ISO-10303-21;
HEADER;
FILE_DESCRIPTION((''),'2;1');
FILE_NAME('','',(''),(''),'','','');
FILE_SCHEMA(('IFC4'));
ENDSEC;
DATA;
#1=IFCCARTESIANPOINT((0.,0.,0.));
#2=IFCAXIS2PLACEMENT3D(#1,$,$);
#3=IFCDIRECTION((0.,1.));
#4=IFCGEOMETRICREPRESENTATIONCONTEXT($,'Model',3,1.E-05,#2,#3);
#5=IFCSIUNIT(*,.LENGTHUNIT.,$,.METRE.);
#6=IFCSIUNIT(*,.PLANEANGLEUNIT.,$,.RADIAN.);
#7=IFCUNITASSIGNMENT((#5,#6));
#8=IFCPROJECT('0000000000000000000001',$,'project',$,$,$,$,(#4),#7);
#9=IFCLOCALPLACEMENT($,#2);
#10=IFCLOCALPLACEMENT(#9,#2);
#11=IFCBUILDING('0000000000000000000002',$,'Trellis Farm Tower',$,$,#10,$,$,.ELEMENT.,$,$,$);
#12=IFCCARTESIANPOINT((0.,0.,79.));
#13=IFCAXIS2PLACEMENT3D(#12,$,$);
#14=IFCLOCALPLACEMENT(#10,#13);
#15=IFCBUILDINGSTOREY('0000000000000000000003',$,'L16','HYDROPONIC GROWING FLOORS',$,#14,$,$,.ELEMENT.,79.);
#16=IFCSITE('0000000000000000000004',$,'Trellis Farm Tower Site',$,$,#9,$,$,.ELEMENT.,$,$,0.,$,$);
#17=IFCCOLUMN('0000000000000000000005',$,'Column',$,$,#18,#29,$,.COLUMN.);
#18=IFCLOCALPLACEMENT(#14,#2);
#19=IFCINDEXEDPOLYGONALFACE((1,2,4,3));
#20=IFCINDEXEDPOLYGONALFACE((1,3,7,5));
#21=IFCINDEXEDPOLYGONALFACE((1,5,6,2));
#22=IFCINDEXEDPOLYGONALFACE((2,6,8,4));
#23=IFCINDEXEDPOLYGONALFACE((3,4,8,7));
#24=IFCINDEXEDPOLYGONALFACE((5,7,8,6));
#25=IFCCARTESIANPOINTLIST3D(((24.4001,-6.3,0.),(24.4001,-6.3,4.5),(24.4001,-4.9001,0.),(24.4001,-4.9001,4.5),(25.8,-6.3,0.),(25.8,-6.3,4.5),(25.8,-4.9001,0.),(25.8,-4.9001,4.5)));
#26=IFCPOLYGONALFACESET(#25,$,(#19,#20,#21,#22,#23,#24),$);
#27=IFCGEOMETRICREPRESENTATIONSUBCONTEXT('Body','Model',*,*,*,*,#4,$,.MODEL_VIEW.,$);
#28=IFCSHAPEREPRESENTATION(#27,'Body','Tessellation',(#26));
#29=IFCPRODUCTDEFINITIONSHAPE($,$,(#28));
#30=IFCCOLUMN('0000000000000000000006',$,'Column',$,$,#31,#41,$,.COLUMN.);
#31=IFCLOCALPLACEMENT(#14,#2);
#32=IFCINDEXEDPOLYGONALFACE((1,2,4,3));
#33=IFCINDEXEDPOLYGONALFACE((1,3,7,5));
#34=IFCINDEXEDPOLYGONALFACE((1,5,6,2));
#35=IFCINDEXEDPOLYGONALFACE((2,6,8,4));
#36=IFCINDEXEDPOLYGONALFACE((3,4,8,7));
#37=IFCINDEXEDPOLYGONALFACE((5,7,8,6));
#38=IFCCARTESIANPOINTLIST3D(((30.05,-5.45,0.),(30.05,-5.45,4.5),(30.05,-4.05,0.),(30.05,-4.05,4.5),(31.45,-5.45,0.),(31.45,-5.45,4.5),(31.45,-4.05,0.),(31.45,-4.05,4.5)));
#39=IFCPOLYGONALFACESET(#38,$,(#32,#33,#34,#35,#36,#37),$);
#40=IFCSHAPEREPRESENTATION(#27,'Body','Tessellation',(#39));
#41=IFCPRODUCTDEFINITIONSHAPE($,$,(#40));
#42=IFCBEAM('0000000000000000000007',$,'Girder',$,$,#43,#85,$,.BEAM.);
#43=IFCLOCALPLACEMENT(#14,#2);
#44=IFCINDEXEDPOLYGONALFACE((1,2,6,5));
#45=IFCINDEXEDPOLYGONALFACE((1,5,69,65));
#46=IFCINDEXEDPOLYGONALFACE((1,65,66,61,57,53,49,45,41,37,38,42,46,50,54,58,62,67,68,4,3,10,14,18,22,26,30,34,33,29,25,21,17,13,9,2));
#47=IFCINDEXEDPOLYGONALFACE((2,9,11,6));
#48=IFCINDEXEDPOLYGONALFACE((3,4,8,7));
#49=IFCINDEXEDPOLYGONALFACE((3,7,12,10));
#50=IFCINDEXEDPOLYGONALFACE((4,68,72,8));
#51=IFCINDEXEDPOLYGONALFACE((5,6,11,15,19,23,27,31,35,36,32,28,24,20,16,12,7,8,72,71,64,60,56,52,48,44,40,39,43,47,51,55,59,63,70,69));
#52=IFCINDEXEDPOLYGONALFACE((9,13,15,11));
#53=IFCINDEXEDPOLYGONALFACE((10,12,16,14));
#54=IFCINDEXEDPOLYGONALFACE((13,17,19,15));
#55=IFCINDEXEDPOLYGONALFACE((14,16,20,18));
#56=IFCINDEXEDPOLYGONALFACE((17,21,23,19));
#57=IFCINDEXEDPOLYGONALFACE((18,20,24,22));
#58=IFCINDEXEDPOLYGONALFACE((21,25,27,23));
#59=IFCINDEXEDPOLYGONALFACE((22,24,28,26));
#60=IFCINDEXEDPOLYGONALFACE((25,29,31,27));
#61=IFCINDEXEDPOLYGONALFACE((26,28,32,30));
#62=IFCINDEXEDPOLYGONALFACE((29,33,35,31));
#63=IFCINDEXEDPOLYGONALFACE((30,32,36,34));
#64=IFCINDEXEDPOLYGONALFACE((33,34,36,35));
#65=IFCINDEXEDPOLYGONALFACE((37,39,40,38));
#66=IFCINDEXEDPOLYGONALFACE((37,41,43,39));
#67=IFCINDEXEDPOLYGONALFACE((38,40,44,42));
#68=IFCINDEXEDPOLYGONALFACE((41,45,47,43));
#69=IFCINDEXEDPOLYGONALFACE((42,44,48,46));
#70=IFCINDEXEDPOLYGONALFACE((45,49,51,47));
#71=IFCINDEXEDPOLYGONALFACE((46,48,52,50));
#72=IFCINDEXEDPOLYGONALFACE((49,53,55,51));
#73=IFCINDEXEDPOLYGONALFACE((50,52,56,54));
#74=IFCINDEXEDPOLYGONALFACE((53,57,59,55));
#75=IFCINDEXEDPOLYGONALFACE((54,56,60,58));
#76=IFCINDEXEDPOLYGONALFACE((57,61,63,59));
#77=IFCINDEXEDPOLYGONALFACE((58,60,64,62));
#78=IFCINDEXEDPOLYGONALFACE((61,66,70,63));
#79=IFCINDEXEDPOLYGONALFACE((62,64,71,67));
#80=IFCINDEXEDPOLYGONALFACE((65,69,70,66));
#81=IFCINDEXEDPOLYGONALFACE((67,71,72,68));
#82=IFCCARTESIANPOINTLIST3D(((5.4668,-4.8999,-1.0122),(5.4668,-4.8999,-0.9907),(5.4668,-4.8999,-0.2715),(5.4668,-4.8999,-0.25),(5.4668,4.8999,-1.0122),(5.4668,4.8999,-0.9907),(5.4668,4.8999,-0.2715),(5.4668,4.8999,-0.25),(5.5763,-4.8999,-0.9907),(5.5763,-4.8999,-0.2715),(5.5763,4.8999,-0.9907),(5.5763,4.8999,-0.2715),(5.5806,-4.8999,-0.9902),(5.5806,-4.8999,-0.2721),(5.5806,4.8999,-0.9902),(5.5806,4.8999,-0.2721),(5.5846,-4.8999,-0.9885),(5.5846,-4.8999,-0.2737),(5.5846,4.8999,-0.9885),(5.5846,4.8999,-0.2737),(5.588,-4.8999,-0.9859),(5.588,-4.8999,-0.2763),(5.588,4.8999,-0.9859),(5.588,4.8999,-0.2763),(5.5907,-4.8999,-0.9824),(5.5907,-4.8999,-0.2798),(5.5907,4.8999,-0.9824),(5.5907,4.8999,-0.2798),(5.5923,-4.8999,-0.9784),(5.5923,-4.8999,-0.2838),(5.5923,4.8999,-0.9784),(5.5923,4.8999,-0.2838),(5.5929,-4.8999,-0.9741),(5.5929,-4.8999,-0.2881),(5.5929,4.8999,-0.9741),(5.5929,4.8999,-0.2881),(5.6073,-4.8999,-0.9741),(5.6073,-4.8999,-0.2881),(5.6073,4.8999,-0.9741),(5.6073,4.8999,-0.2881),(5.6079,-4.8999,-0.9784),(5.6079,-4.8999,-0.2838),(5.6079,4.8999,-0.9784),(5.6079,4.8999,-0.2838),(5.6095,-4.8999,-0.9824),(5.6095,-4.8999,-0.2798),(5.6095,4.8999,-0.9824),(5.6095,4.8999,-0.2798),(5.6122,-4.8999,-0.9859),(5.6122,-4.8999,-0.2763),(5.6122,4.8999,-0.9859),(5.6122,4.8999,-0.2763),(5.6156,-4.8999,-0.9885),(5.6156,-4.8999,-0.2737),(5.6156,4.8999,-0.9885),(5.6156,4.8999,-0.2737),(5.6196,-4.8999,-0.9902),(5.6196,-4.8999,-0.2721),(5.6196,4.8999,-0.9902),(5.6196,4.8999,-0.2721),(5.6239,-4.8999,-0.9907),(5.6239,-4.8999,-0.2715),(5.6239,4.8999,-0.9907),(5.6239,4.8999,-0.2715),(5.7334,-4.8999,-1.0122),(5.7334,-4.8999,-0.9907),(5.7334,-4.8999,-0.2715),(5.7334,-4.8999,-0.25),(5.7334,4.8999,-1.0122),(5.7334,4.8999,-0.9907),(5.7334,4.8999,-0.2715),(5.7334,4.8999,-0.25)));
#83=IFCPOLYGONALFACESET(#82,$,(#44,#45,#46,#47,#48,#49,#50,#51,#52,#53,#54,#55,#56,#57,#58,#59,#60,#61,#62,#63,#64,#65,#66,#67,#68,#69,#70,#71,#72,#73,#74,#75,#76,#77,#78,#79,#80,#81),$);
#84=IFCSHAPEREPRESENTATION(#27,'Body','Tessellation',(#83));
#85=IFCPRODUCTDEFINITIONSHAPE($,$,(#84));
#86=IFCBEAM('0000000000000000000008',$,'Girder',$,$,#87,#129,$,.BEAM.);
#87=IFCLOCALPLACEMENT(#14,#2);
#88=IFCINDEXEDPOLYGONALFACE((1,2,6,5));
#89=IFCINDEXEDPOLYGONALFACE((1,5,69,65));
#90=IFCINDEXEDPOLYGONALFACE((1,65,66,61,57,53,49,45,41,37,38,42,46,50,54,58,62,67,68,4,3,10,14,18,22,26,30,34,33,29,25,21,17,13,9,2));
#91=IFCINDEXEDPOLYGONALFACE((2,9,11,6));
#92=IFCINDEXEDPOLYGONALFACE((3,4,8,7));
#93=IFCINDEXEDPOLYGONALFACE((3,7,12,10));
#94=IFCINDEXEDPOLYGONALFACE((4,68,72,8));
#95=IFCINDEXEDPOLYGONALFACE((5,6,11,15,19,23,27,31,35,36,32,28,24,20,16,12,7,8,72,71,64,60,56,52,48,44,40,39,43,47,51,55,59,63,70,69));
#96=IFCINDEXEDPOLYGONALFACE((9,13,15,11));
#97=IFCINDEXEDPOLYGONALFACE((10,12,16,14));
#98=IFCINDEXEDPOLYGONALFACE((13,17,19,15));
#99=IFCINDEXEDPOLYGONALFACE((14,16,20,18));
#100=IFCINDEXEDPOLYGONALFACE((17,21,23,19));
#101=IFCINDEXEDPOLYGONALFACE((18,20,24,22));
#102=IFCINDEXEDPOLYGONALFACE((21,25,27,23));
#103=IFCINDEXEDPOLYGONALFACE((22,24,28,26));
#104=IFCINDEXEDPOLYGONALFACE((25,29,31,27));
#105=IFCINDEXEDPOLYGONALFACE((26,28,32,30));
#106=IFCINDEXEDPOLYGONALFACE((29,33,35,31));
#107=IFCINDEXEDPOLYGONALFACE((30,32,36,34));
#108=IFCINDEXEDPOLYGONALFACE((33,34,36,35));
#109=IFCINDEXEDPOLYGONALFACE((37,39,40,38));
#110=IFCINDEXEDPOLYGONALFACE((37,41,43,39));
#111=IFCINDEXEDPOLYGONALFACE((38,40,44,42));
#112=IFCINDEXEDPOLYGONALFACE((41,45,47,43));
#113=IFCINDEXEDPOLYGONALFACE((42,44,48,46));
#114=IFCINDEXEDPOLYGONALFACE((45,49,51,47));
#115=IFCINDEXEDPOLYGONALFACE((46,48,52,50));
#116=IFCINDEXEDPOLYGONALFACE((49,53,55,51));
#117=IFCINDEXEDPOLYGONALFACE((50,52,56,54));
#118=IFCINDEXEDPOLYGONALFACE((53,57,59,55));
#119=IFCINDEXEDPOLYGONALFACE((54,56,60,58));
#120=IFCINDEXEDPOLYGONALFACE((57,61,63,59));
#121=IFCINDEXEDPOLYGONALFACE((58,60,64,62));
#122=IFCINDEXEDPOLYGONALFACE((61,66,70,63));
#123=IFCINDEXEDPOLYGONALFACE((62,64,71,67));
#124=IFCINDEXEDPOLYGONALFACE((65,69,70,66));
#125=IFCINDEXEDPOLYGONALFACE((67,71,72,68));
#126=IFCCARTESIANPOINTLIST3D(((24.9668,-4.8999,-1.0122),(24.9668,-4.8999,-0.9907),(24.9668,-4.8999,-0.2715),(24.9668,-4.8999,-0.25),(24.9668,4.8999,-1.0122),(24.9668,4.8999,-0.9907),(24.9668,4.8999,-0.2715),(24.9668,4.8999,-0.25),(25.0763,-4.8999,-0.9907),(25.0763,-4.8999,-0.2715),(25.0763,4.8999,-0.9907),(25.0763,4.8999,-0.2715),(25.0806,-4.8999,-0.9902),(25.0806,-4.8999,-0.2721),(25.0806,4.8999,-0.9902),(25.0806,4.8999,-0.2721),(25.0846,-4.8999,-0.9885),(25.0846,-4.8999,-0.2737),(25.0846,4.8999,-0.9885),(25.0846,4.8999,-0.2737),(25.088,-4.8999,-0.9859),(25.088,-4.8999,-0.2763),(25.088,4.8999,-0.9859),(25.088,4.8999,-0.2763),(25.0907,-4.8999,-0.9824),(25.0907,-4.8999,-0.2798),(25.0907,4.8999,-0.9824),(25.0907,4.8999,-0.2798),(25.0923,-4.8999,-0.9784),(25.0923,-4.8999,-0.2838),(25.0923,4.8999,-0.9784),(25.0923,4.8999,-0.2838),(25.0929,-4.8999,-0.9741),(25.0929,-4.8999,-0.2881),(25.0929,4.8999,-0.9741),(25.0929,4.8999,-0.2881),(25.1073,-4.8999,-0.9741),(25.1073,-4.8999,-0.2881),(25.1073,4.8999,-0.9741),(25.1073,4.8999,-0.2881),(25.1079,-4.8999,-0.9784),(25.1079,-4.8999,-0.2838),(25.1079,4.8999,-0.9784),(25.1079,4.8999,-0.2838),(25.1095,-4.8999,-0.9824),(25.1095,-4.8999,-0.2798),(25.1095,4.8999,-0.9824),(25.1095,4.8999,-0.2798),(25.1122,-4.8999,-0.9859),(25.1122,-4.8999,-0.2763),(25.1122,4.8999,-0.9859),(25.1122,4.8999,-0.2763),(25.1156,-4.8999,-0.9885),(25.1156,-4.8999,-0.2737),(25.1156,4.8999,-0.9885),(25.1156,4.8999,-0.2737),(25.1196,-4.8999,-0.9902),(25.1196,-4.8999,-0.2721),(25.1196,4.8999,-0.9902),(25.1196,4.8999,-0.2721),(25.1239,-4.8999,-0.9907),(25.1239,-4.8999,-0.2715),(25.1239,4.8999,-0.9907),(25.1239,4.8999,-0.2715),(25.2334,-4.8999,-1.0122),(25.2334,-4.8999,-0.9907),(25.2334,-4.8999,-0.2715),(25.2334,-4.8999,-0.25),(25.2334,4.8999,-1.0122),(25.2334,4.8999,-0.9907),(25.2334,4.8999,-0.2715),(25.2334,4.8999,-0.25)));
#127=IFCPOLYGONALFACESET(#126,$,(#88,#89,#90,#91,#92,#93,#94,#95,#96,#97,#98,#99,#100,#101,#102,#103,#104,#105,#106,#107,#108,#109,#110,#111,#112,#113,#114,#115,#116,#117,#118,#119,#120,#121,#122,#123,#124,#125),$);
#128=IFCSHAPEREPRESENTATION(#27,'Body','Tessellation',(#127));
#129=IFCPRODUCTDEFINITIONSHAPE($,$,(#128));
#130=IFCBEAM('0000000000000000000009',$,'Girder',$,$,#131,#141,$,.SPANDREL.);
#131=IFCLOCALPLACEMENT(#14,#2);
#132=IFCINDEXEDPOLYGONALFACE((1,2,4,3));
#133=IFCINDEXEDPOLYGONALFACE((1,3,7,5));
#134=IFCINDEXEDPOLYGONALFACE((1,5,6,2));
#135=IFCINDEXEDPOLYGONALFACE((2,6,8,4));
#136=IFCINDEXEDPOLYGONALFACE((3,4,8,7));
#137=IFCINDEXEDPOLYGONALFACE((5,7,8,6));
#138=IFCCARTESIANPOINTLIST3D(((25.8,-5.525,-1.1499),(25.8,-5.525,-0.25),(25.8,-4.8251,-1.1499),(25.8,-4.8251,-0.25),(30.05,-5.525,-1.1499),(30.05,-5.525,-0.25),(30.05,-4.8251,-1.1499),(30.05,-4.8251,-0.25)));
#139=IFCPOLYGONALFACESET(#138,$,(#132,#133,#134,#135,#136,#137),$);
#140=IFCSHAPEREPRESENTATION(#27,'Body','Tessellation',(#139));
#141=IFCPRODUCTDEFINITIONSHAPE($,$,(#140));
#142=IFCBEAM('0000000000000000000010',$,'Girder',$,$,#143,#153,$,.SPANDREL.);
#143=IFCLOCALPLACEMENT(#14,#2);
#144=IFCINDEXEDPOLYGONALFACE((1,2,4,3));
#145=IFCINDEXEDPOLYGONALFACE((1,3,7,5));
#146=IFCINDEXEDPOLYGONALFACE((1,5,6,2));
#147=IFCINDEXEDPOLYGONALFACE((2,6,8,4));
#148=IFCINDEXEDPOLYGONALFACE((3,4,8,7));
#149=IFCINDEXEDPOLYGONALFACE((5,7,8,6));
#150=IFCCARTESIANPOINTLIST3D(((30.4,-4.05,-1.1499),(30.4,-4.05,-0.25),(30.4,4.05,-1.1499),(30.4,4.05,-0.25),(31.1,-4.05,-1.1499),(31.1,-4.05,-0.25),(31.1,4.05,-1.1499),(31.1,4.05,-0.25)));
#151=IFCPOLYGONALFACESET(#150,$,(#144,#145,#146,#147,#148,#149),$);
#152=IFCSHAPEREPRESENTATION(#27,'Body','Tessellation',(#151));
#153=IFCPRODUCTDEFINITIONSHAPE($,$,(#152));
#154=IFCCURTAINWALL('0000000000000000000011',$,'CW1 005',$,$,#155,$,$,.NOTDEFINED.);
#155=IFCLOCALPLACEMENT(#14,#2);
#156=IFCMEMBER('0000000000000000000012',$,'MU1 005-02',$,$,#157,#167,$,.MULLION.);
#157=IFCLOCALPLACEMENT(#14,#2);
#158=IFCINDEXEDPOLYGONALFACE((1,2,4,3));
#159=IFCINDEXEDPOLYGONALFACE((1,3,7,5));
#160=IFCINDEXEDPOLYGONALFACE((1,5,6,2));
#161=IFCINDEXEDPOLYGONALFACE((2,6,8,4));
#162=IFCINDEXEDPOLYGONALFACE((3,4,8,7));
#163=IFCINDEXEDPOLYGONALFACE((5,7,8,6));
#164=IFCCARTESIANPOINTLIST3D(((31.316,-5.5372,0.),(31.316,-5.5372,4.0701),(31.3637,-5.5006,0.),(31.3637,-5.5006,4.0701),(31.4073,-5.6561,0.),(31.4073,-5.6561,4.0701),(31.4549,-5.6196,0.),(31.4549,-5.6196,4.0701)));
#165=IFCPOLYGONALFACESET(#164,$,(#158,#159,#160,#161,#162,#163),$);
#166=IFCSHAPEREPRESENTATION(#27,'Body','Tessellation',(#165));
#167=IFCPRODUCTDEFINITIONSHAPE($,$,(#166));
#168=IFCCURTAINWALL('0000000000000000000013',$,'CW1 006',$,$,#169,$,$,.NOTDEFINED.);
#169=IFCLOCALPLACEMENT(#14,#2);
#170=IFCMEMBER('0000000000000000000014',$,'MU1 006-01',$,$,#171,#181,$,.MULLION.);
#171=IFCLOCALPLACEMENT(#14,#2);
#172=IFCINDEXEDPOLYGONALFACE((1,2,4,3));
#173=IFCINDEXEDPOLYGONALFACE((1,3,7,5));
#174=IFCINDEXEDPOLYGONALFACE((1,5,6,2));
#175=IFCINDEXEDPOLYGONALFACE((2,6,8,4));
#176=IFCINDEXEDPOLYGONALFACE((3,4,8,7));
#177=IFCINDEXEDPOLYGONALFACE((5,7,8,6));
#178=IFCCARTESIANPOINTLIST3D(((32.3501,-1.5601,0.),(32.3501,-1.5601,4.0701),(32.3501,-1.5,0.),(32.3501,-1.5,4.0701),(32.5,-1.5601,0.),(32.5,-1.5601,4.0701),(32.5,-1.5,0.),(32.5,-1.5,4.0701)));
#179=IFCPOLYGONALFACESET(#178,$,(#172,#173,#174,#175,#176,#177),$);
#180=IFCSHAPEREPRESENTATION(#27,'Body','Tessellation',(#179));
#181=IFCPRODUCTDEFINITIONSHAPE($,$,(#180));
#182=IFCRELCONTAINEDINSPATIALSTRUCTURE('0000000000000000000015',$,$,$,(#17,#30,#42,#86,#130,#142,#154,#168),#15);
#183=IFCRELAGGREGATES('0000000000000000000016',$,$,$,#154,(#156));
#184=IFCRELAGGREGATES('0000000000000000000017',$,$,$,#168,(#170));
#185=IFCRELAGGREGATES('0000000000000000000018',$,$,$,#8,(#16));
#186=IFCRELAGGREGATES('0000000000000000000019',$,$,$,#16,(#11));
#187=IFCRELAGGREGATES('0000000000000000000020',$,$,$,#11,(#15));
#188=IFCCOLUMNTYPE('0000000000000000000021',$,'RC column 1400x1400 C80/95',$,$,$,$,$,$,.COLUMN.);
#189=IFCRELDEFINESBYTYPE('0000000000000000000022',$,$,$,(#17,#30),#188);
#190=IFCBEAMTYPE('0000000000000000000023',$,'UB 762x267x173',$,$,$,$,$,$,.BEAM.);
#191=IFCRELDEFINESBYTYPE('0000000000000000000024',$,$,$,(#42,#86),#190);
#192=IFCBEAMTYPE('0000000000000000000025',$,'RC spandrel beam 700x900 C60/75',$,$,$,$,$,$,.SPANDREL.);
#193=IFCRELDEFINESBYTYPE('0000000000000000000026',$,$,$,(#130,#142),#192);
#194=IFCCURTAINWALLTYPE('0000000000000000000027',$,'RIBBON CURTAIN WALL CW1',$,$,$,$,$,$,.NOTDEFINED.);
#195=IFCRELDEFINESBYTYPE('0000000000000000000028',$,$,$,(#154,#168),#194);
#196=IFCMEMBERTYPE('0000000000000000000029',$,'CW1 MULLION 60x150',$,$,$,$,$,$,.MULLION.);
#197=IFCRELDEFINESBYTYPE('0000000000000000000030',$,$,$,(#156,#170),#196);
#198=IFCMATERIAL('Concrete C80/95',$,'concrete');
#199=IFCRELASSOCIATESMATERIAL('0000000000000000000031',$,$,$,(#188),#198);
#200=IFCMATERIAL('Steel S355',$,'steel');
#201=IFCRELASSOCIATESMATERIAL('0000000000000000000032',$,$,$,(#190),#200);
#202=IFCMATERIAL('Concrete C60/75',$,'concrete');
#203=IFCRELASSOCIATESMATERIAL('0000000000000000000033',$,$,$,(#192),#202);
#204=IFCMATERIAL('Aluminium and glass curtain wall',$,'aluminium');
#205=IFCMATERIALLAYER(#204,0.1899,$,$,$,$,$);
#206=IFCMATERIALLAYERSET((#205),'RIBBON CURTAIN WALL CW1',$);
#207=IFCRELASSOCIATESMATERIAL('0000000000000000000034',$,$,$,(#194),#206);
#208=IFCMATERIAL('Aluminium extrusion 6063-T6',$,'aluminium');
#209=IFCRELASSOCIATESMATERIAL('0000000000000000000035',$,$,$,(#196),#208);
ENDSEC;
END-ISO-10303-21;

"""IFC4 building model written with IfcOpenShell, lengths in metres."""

from ifc_helpers import new_model, si_unit, direction, frame, origin, origin_2d, place, context, subcontext, project, spatial, rectangle, i_section, extrude, source, transform, mapped, material, layer, layer_set, material_profile, profile_set, type_object, element, aggregate, save


model = new_model("IFC4")

# Units and contexts
model_context = context("Model", 3, precision=1e-05, world=origin(), true_north=direction((0.0, 1.0)))
body_context = subcontext(model_context, "Body", "Model", "MODEL_VIEW")
ifc_project = project(units=[si_unit("LENGTHUNIT", "METRE"), si_unit("PLANEANGLEUNIT", "RADIAN")], contexts=[model_context])

# Site, building, storey
site_placement = place(None, origin())
site = spatial("IfcSite", under=ifc_project, at=site_placement, Name="Trellis Farm Tower Site", CompositionType="ELEMENT", RefElevation=0.0)
building_placement = place(site_placement, origin())
building = spatial("IfcBuilding", under=site, at=building_placement, Name="Trellis Farm Tower", CompositionType="ELEMENT")
storey_placement = place(building_placement, frame((0.0, 0.0, 79.0)))
storey = spatial("IfcBuildingStorey", under=building, at=storey_placement, Name="L16", Description="HYDROPONIC GROWING FLOORS", CompositionType="ELEMENT", Elevation=79.0)

# Columns
ifc_material_1 = material(Name="Concrete C80/95", Category="concrete")
ifc_material_profile_1 = material_profile(ifc_material_1, rectangle(XDim=1.3999, YDim=1.3999, at=origin_2d()), Name="RC column 1400x1400 C80/95")
ifc_profile_set_1 = profile_set([ifc_material_profile_1], Name="Concrete C80/95")
column_type = type_object("IfcColumnType", Name="RC column 1400x1400 C80/95", PredefinedType="COLUMN", material=ifc_profile_set_1)
shared_shape_1 = source(origin(), body_context, "Body", "SweptSolid", [
    extrude(rectangle(XDim=1.3999, YDim=1.3999, at=origin_2d()), origin(), (0.0, 0.0, 1.0), 4.5),
])
for number, where, z_axis, x_axis, name in (
    (1, (25.1001, -5.6001, 0.0), (0.0, 0.0, 1.0), (1.0, 0.0, 0.0), "Column"),
    (2, (30.75, -4.75, 0.0), (0.0, 0.0, 1.0), (1.0, 0.0, 0.0), "Column"),
):
    element("IfcColumn", number, at=place(storey_placement, frame(where, z_axis=z_axis, x_axis=x_axis)), inside=storey, type_object=column_type, Name=name, PredefinedType="COLUMN", context=body_context, shape_type="MappedRepresentation", body=[
        mapped(shared_shape_1, transform((0.0, 0.0, 0.0))),
    ])

# Beams
ifc_material_2 = material(Name="Steel S355", Category="steel")
ifc_material_profile_2 = material_profile(ifc_material_2, i_section(OverallWidth=0.2666, OverallDepth=0.7622, WebThickness=0.0144, FlangeThickness=0.0215, FilletRadius=0.0166, at=origin_2d()), Name="UB 762x267x173")
ifc_profile_set_2 = profile_set([ifc_material_profile_2], Name="Steel S355")
beam_type_1 = type_object("IfcBeamType", Name="UB 762x267x173", PredefinedType="BEAM", material=ifc_profile_set_2)
shared_shape_2 = source(origin(), body_context, "Body", "SweptSolid", [
    extrude(i_section(OverallWidth=0.2666, OverallDepth=0.7622, WebThickness=0.0144, FlangeThickness=0.0215, FilletRadius=0.0166, at=origin_2d()), origin(), (0.0, 0.0, 1.0), 9.7998),
])
for number, where, z_axis, x_axis, name in (
    (3, (5.6001, -4.8999, -0.6311), (0.0, 1.0, 0.0), (-1.0, 0.0, 0.0), "Girder"),
    (4, (25.1001, -4.8999, -0.6311), (0.0, 1.0, 0.0), (-1.0, 0.0, 0.0), "Girder"),
):
    element("IfcBeam", number, at=place(storey_placement, frame(where, z_axis=z_axis, x_axis=x_axis)), inside=storey, type_object=beam_type_1, Name=name, PredefinedType="BEAM", context=body_context, shape_type="MappedRepresentation", body=[
        mapped(shared_shape_2, transform((0.0, 0.0, 0.0))),
    ])
ifc_material_3 = material(Name="Concrete C60/75", Category="concrete")
ifc_material_profile_3 = material_profile(ifc_material_3, rectangle(XDim=0.7, YDim=0.8999, at=origin_2d()), Name="RC spandrel beam 700x900 C60/75")
ifc_profile_set_3 = profile_set([ifc_material_profile_3], Name="Concrete C60/75")
beam_type_2 = type_object("IfcBeamType", Name="RC spandrel beam 700x900 C60/75", PredefinedType="SPANDREL", material=ifc_profile_set_3)
shared_shape_3 = source(origin(), body_context, "Body", "SweptSolid", [
    extrude(rectangle(XDim=0.7, YDim=0.8999, at=origin_2d()), origin(), (0.0, 0.0, 1.0), 4.25),
])
beam_1_placement = place(storey_placement, frame((25.8, -5.175, -0.7), z_axis=(1.0, 0.0, 0.0), x_axis=(0.0, 1.0, 0.0)))
element("IfcBeam", 5, at=beam_1_placement, inside=storey, type_object=beam_type_2, Name="Girder", PredefinedType="SPANDREL", context=body_context, shape_type="MappedRepresentation", body=[
    mapped(shared_shape_3, transform((0.0, 0.0, 0.0))),
])
shared_shape_4 = source(origin(), body_context, "Body", "SweptSolid", [
    extrude(rectangle(XDim=0.7, YDim=0.8999, at=origin_2d()), origin(), (0.0, 0.0, 1.0), 8.1001),
])
beam_2_placement = place(storey_placement, frame((30.75, -4.05, -0.7), z_axis=(0.0, 1.0, 0.0), x_axis=(-1.0, 0.0, 0.0)))
element("IfcBeam", 6, at=beam_2_placement, inside=storey, type_object=beam_type_2, Name="Girder", PredefinedType="SPANDREL", context=body_context, shape_type="MappedRepresentation", body=[
    mapped(shared_shape_4, transform((0.0, 0.0, 0.0))),
])

# Curtain walls, members
ifc_material_4 = material(Name="Aluminium and glass curtain wall", Category="aluminium")
ifc_layer_1 = layer(ifc_material_4, 0.1899)
ifc_layer_set_1 = layer_set([ifc_layer_1], Name="RIBBON CURTAIN WALL CW1")
curtain_wall_type = type_object("IfcCurtainWallType", Name="RIBBON CURTAIN WALL CW1", PredefinedType="NOTDEFINED", material=ifc_layer_set_1)
placement = place(storey_placement, origin())
curtain_wall_1 = element("IfcCurtainWall", 7, at=placement, inside=storey, type_object=curtain_wall_type, Name="CW1 005", PredefinedType="NOTDEFINED")
ifc_material_5 = material(Name="Aluminium extrusion 6063-T6", Category="aluminium")
ifc_material_profile_4 = material_profile(ifc_material_5, rectangle(XDim=0.0601, YDim=0.1499, at=origin_2d()), Name="MULLION 60x150")
ifc_profile_set_4 = profile_set([ifc_material_profile_4], Name="Aluminium extrusion 6063-T6")
member_type = type_object("IfcMemberType", Name="CW1 MULLION 60x150", PredefinedType="MULLION", material=ifc_profile_set_4)
shared_shape_5 = source(origin(), body_context, "Body", "SweptSolid", [
    extrude(rectangle(XDim=0.0601, YDim=0.1499, at=origin_2d()), origin(), (0.0, 0.0, 1.0), 4.0701),
])
member_1_placement = place(storey_placement, frame((31.3855, -5.5784, 0.0), z_axis=(0.0, 0.0, 1.0), x_axis=(0.793353, 0.608761, 0.0)))
member_1 = element("IfcMember", 8, at=member_1_placement, type_object=member_type, Name="MU1 005-02", PredefinedType="MULLION", context=body_context, shape_type="MappedRepresentation", body=[
    mapped(shared_shape_5, transform((0.0, 0.0, 0.0))),
])
aggregate(curtain_wall_1, [member_1])
curtain_wall_2 = element("IfcCurtainWall", 9, at=placement, inside=storey, type_object=curtain_wall_type, Name="CW1 006", PredefinedType="NOTDEFINED")
member_2_placement = place(storey_placement, frame((32.425, -1.53, 0.0), z_axis=(0.0, 0.0, 1.0), x_axis=(0.0, 1.0, 0.0)))
member_2 = element("IfcMember", 10, at=member_2_placement, type_object=member_type, Name="MU1 006-01", PredefinedType="MULLION", context=body_context, shape_type="MappedRepresentation", body=[
    mapped(shared_shape_5, transform((0.0, 0.0, 0.0))),
])
aggregate(curtain_wall_2, [member_2])

save(model, "model.ifc")
